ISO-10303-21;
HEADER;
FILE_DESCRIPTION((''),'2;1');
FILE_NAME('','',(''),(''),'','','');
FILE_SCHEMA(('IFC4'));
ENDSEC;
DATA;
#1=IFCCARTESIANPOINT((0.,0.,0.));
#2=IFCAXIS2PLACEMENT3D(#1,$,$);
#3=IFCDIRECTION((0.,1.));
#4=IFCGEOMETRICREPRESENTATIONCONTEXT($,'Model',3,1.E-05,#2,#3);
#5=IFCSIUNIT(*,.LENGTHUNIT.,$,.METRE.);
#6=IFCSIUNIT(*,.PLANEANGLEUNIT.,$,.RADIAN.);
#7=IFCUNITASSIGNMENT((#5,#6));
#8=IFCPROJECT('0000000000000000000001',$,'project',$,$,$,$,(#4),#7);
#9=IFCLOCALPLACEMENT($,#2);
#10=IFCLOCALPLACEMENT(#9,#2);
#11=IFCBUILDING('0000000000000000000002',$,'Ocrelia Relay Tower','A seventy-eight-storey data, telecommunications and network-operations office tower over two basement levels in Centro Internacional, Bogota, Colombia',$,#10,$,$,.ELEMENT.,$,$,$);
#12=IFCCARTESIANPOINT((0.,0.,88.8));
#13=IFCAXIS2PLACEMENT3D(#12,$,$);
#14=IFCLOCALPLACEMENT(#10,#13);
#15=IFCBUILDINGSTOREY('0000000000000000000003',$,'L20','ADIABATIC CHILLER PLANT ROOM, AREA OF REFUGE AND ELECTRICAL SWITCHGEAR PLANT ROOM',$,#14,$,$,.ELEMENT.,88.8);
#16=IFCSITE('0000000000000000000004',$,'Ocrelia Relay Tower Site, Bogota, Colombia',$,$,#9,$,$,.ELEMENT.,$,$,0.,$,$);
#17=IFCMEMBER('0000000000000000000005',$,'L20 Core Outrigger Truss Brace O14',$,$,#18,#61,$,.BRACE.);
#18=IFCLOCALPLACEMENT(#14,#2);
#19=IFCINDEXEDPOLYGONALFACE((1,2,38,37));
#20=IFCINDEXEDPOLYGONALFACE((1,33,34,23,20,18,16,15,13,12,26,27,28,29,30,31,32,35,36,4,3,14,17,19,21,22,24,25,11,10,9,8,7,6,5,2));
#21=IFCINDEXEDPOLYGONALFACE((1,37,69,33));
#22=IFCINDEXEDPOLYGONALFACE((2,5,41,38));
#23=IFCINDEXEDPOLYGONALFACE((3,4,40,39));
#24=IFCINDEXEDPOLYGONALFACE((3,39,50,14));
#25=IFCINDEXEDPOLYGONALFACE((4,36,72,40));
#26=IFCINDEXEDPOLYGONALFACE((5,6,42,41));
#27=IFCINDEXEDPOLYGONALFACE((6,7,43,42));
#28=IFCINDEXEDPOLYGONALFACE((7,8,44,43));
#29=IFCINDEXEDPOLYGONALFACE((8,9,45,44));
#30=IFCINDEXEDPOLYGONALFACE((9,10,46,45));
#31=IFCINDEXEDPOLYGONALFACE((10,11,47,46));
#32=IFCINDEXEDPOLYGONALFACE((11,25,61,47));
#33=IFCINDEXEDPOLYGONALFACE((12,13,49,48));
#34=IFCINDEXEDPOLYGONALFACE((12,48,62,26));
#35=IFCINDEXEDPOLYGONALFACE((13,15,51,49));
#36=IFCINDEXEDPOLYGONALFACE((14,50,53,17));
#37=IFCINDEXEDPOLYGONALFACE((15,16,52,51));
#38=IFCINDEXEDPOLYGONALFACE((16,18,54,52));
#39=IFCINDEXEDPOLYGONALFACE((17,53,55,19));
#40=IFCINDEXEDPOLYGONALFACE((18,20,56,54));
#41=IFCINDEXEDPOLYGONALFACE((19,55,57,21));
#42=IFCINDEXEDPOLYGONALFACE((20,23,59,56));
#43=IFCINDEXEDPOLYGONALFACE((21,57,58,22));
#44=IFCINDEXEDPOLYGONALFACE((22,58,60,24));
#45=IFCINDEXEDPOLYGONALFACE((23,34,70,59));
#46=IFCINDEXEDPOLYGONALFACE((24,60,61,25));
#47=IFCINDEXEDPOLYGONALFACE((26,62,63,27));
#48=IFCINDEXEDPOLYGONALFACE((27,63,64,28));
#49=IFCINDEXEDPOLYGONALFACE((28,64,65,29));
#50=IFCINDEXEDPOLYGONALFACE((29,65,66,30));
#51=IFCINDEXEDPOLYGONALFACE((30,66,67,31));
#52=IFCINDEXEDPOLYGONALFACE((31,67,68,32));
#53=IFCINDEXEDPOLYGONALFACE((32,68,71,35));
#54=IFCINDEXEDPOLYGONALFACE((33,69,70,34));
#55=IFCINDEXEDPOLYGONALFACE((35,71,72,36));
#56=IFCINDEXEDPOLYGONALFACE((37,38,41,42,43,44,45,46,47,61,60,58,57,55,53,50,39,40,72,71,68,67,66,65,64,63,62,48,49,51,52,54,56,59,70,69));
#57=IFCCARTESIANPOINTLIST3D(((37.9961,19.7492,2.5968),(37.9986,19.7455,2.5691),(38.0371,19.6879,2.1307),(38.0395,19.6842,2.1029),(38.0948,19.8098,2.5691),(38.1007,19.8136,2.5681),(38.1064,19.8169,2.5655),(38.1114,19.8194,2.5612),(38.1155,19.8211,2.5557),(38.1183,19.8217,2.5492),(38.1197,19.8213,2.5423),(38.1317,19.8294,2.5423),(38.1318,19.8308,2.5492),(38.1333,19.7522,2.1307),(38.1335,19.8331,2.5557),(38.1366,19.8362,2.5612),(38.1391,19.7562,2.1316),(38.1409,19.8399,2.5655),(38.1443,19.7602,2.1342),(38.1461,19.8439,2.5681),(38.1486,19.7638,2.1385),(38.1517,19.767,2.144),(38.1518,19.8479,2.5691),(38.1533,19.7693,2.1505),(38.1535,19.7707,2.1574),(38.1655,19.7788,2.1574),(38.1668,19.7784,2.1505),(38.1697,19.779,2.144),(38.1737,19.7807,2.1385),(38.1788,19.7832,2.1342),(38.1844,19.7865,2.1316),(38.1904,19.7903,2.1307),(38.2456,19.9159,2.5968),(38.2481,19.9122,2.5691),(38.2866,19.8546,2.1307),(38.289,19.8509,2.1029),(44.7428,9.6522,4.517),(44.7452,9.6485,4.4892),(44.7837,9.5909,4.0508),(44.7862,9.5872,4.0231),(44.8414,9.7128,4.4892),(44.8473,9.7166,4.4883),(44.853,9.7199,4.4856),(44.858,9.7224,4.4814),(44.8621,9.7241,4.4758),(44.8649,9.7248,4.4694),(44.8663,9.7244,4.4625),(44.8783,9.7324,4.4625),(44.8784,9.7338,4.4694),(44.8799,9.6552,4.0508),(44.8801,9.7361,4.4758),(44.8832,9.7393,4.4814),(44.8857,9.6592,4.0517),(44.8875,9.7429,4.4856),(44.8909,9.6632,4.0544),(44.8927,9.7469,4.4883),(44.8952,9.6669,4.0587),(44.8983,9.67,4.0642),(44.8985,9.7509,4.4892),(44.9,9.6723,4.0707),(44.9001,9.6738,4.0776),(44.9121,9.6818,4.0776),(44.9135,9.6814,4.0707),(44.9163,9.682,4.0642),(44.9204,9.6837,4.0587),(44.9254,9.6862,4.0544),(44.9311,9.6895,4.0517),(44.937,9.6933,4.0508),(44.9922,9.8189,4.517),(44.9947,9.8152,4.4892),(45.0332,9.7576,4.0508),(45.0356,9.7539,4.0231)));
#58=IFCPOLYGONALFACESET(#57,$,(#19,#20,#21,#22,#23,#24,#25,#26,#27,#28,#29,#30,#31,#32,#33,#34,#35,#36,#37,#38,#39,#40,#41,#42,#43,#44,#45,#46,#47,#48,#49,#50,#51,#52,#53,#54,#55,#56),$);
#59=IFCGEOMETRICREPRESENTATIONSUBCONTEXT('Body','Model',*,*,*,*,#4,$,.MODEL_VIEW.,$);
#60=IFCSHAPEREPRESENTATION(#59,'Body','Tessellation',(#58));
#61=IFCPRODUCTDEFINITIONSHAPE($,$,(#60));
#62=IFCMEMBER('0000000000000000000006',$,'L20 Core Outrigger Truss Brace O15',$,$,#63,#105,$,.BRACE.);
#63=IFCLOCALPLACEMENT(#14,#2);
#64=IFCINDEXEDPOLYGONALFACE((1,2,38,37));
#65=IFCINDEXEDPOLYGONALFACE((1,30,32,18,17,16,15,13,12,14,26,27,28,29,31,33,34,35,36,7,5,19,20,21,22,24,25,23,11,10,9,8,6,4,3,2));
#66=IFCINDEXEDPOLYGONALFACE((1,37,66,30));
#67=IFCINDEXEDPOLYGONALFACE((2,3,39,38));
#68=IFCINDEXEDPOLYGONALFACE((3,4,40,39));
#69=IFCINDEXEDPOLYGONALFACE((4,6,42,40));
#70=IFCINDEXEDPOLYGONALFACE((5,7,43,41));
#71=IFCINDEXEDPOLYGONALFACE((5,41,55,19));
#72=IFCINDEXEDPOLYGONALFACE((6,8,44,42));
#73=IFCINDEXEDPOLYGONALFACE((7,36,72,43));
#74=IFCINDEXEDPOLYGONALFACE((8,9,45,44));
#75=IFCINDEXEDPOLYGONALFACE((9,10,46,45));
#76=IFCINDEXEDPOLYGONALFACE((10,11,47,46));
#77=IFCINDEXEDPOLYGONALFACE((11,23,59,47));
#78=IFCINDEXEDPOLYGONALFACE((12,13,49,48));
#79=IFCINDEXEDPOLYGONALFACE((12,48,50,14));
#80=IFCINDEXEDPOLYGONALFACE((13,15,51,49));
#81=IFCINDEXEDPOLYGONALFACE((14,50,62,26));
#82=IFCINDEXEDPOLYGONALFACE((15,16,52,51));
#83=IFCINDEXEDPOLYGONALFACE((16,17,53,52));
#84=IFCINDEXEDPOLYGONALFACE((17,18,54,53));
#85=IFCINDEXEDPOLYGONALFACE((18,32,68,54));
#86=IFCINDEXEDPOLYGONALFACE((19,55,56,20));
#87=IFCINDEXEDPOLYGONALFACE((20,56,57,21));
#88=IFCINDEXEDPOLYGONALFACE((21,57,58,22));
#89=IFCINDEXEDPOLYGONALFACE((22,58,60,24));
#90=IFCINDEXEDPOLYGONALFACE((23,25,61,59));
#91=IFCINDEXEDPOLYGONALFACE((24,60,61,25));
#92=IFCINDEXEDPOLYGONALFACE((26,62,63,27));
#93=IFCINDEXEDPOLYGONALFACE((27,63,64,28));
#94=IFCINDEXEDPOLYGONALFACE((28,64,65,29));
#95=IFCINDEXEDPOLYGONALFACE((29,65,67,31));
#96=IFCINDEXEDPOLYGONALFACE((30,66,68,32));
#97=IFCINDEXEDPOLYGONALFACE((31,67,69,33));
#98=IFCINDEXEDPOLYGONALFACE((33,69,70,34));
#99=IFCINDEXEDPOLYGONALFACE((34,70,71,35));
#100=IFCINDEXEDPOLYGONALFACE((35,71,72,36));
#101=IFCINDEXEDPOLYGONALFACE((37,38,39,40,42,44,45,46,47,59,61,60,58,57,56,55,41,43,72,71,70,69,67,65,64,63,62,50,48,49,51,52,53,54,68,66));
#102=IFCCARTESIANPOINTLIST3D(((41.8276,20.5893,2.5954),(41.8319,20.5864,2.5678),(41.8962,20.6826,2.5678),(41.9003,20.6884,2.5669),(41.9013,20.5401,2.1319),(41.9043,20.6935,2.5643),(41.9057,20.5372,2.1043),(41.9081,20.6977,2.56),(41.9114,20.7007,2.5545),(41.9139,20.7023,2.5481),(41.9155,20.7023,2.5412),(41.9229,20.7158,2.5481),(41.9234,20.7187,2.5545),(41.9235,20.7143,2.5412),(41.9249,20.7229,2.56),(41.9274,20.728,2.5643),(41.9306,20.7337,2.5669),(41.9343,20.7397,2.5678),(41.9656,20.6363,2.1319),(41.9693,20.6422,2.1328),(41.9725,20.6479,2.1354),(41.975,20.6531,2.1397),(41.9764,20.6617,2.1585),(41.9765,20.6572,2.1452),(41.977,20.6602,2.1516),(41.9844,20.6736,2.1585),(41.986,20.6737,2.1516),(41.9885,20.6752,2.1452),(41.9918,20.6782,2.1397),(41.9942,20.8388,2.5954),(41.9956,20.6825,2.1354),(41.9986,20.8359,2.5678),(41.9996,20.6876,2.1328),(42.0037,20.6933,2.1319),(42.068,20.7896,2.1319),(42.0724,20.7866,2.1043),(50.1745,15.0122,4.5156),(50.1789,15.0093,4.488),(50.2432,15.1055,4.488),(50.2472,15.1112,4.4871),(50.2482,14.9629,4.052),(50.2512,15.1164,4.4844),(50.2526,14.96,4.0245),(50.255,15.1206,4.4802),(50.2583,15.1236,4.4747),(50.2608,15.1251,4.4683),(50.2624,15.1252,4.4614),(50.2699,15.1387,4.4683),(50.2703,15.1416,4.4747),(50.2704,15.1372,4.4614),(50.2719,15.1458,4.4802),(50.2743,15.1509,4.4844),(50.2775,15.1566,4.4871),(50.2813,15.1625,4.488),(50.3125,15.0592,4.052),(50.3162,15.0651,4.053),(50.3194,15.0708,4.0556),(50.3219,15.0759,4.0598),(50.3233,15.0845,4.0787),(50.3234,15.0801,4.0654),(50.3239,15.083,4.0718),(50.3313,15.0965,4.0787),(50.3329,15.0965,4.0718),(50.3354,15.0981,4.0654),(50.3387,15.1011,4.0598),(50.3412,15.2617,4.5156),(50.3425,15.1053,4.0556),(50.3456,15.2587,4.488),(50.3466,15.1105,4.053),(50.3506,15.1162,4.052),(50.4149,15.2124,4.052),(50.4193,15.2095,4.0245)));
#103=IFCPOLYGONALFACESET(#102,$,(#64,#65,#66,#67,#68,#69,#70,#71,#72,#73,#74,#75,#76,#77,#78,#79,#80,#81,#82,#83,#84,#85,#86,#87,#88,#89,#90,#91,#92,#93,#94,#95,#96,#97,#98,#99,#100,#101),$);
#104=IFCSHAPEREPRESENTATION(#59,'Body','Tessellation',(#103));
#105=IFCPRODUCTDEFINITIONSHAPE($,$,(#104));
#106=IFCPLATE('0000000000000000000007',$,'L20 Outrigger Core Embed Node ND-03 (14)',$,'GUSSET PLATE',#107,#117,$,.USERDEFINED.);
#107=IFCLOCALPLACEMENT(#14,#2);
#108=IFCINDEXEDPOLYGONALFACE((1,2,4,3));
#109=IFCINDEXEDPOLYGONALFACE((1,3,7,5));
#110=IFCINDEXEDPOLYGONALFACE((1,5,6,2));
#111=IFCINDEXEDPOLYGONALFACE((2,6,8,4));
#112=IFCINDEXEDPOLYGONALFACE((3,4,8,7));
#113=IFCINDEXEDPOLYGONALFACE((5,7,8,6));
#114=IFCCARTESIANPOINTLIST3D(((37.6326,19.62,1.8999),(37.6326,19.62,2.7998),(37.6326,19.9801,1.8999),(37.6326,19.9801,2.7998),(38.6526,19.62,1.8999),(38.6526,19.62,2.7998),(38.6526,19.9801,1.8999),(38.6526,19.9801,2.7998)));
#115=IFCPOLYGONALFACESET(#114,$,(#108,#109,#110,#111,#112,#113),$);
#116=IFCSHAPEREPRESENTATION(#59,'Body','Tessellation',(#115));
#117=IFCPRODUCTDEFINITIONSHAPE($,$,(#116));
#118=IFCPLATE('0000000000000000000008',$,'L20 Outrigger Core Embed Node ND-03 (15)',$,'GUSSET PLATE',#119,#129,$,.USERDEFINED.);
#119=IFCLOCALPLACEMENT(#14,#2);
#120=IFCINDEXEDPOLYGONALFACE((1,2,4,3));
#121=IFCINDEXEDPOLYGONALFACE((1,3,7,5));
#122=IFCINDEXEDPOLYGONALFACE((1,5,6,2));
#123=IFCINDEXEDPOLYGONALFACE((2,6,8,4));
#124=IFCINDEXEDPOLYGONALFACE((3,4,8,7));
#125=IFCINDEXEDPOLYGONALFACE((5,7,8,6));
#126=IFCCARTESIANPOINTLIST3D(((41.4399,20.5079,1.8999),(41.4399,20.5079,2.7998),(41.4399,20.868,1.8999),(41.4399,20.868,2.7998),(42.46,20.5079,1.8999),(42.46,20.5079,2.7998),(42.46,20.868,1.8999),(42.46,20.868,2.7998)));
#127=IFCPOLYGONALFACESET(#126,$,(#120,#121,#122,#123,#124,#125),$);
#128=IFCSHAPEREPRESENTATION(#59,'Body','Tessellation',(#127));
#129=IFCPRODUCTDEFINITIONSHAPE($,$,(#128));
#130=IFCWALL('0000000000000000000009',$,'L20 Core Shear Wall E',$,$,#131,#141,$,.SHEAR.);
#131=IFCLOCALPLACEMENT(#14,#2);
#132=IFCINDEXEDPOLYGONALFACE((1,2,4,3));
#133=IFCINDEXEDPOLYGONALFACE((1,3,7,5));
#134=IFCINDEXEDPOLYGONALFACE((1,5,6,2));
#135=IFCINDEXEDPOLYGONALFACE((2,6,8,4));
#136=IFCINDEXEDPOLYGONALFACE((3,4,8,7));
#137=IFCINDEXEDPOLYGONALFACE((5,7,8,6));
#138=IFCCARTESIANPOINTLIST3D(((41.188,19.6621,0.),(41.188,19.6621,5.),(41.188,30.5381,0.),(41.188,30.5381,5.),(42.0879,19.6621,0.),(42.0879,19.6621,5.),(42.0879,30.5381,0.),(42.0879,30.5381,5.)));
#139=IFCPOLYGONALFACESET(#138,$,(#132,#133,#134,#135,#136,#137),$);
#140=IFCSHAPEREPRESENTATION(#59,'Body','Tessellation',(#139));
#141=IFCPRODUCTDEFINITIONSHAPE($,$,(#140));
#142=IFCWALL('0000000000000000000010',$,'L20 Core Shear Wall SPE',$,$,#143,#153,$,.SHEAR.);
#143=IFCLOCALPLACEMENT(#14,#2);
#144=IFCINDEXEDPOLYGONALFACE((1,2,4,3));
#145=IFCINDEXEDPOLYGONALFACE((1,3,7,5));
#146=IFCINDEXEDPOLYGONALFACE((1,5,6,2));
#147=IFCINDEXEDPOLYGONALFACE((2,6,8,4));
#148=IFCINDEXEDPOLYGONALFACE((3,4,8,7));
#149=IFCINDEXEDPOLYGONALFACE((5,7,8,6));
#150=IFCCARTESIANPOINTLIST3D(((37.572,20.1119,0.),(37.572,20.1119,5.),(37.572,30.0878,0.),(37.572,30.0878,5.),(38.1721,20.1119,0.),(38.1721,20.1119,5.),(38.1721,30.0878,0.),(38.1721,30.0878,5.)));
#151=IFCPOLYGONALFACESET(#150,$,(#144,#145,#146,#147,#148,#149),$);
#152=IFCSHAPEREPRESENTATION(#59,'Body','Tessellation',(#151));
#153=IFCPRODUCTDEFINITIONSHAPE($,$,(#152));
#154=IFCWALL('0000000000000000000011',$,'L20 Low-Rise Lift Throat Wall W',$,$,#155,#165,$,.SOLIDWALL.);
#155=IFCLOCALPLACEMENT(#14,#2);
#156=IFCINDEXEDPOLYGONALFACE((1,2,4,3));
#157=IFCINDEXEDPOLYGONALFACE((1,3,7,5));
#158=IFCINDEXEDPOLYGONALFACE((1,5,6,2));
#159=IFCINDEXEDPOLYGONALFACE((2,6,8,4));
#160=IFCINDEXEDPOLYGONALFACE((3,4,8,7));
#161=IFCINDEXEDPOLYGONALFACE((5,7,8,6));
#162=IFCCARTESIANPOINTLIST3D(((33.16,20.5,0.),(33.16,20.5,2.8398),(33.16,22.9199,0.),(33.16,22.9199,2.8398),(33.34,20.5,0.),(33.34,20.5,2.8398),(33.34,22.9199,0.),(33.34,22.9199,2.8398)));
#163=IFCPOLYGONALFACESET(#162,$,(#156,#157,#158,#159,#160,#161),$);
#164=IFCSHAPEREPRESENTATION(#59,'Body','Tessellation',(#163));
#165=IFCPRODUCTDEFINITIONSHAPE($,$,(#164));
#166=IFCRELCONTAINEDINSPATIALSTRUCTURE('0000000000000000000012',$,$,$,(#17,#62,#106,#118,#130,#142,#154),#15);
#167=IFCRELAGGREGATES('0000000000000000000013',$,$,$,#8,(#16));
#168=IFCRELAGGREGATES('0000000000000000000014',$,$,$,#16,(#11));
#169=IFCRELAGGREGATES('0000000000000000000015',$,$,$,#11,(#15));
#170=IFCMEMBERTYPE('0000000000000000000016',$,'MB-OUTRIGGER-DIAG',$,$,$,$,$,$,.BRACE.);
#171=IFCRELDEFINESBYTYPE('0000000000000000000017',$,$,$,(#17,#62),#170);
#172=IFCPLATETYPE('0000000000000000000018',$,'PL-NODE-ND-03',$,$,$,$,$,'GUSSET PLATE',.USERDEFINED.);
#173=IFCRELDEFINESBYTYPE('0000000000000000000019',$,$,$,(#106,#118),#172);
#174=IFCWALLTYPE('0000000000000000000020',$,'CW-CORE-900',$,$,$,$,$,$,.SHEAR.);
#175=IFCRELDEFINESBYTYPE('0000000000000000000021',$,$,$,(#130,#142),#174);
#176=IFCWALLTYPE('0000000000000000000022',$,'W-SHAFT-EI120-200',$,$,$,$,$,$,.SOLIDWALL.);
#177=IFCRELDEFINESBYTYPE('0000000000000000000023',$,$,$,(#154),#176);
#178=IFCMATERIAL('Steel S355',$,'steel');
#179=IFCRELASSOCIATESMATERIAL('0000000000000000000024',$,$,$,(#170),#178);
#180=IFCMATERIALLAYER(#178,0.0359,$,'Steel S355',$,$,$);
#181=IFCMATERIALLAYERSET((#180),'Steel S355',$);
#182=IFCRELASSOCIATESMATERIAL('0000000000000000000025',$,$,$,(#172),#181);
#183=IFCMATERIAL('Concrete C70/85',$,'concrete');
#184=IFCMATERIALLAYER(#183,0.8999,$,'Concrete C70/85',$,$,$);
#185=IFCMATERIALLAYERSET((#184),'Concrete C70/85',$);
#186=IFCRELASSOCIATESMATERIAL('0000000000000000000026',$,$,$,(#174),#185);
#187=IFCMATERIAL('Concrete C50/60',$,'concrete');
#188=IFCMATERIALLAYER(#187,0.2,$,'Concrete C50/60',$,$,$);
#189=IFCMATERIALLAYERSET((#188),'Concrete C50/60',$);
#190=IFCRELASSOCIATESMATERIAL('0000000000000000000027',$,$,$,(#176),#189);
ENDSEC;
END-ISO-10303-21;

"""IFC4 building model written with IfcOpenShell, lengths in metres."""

from ifc_helpers import new_model, si_unit, direction, frame, frame_2d, origin, origin_2d, place, context, subcontext, project, spatial, rectangle, i_section, extrude, material, layer, layer_set, material_profile, profile_set, type_object, element, save


model = new_model("IFC4")

# Units and contexts
model_context = context("Model", 3, precision=1e-05, world=origin(), true_north=direction((0.0, 1.0)))
body_context = subcontext(model_context, "Body", "Model", "MODEL_VIEW")
ifc_project = project(units=[si_unit("LENGTHUNIT", "METRE"), si_unit("PLANEANGLEUNIT", "RADIAN")], contexts=[model_context])

# Site, building, storey
site_placement = place(None, origin())
site = spatial("IfcSite", under=ifc_project, at=site_placement, Name="Ocrelia Relay Tower Site, Bogota, Colombia", CompositionType="ELEMENT", RefElevation=0.0)
building_placement = place(site_placement, origin())
building = spatial("IfcBuilding", under=site, at=building_placement, Name="Ocrelia Relay Tower", Description="A seventy-eight-storey data, telecommunications and network-operations office tower over two basement levels in Centro Internacional, Bogota, Colombia", CompositionType="ELEMENT")
storey_placement = place(building_placement, frame((0.0, 0.0, 88.8)))
storey = spatial("IfcBuildingStorey", under=building, at=storey_placement, Name="L20", Description="ADIABATIC CHILLER PLANT ROOM, AREA OF REFUGE AND ELECTRICAL SWITCHGEAR PLANT ROOM", CompositionType="ELEMENT", Elevation=88.8)

# Shared definitions
ifc_material_1 = material(Name="Steel S355", Category="steel")

# Members
ifc_material_profile_1 = material_profile(ifc_material_1, i_section(OverallWidth=0.3, OverallDepth=0.5, WebThickness=0.0144, FlangeThickness=0.0281, FilletRadius=0.0271, at=origin_2d()), Name="HEB 500")
ifc_profile_set_1 = profile_set([ifc_material_profile_1], Name="Steel S355")
member_type = type_object("IfcMemberType", Name="MB-OUTRIGGER-DIAG", PredefinedType="BRACE", material=ifc_profile_set_1)
member_1_placement = place(storey_placement, frame((38.1426, 19.8, 2.3499), z_axis=(0.548754, -0.821265, 0.156183), x_axis=(0.831468, 0.555572, 0.0)))
element("IfcMember", 1, at=member_1_placement, inside=storey, type_object=member_type, Name="L20 Core Outrigger Truss Brace O14", PredefinedType="BRACE", context=body_context, shape_type="SweptSolid", body=[
    extrude(i_section(OverallWidth=0.3, OverallDepth=0.5, WebThickness=0.0144, FlangeThickness=0.0281, FilletRadius=0.0271, at=origin_2d()), origin(), (0.0, 0.0, 1.0), 12.2944),
])
member_2_placement = place(storey_placement, frame((41.95, 20.688, 2.3499), z_axis=(0.816668, -0.545672, 0.18787), x_axis=(0.555564, 0.831474, 0.0)))
element("IfcMember", 2, at=member_2_placement, inside=storey, type_object=member_type, Name="L20 Core Outrigger Truss Brace O15", PredefinedType="BRACE", context=body_context, shape_type="SweptSolid", body=[
    extrude(i_section(OverallWidth=0.3, OverallDepth=0.5, WebThickness=0.0144, FlangeThickness=0.0281, FilletRadius=0.0271, at=origin_2d()), origin(), (0.0, 0.0, 1.0), 10.2207),
])

# Plates
ifc_layer_1 = layer(ifc_material_1, 0.0359, Name="Steel S355")
ifc_layer_set_1 = layer_set([ifc_layer_1], Name="Steel S355")
plate_type = type_object("IfcPlateType", Name="PL-NODE-ND-03", ElementType="GUSSET PLATE", PredefinedType="USERDEFINED", material=ifc_layer_set_1)
for number, where, z_axis, x_axis, name in (
    (3, (38.1426, 19.8, 1.8999), (0.0, 0.0, 1.0), (1.0, 0.0, 0.0), "L20 Outrigger Core Embed Node ND-03 (14)"),
    (4, (41.95, 20.688, 1.8999), (0.0, 0.0, 1.0), (1.0, 0.0, 0.0), "L20 Outrigger Core Embed Node ND-03 (15)"),
):
    element("IfcPlate", number, at=place(storey_placement, frame(where, z_axis=z_axis, x_axis=x_axis)), inside=storey, type_object=plate_type, Name=name, ObjectType="GUSSET PLATE", PredefinedType="USERDEFINED", context=body_context, shape_type="SweptSolid", body=[
        extrude(rectangle(XDim=1.02, YDim=0.3601, at=origin_2d()), origin(), (0.0, 0.0, 1.0), 0.8999),
    ])

# Walls
ifc_material_2 = material(Name="Concrete C70/85", Category="concrete")
ifc_layer_2 = layer(ifc_material_2, 0.8999, Name="Concrete C70/85")
ifc_layer_set_2 = layer_set([ifc_layer_2], Name="Concrete C70/85")
wall_type_1 = type_object("IfcWallType", Name="CW-CORE-900", PredefinedType="SHEAR", material=ifc_layer_set_2)
wall_1_placement = place(storey_placement, frame((41.6379, 19.6621, 0.0), z_axis=(0.0, 0.0, 1.0), x_axis=(0.0, 1.0, 0.0)))
element("IfcWall", 5, at=wall_1_placement, inside=storey, type_object=wall_type_1, Name="L20 Core Shear Wall E", PredefinedType="SHEAR", context=body_context, shape_type="SweptSolid", body=[
    extrude(rectangle(XDim=10.876, YDim=0.8999, at=frame_2d((5.438, 0.0))), origin(), (0.0, 0.0, 1.0), 5.0),
])
wall_2_placement = place(storey_placement, frame((37.8721, 20.1121, 0.0), z_axis=(0.0, 0.0, 1.0), x_axis=(0.0, 1.0, 0.0)))
element("IfcWall", 6, at=wall_2_placement, inside=storey, type_object=wall_type_1, Name="L20 Core Shear Wall SPE", PredefinedType="SHEAR", context=body_context, shape_type="SweptSolid", body=[
    extrude(rectangle(XDim=9.9758, YDim=0.6001, at=frame_2d((4.9878, 0.0))), origin(), (0.0, 0.0, 1.0), 5.0),
])
ifc_material_3 = material(Name="Concrete C50/60", Category="concrete")
ifc_layer_3 = layer(ifc_material_3, 0.2, Name="Concrete C50/60")
ifc_layer_set_3 = layer_set([ifc_layer_3], Name="Concrete C50/60")
wall_type_2 = type_object("IfcWallType", Name="W-SHAFT-EI120-200", PredefinedType="SOLIDWALL", material=ifc_layer_set_3)
wall_3_placement = place(storey_placement, frame((33.25, 20.5, 0.0), z_axis=(0.0, 0.0, 1.0), x_axis=(0.0, 1.0, 0.0)))
element("IfcWall", 7, at=wall_3_placement, inside=storey, type_object=wall_type_2, Name="L20 Low-Rise Lift Throat Wall W", PredefinedType="SOLIDWALL", context=body_context, shape_type="SweptSolid", body=[
    extrude(rectangle(XDim=2.4199, YDim=0.1799, at=frame_2d((1.21, 0.0))), origin(), (0.0, 0.0, 1.0), 2.8398),
])

save(model, "model.ifc")
